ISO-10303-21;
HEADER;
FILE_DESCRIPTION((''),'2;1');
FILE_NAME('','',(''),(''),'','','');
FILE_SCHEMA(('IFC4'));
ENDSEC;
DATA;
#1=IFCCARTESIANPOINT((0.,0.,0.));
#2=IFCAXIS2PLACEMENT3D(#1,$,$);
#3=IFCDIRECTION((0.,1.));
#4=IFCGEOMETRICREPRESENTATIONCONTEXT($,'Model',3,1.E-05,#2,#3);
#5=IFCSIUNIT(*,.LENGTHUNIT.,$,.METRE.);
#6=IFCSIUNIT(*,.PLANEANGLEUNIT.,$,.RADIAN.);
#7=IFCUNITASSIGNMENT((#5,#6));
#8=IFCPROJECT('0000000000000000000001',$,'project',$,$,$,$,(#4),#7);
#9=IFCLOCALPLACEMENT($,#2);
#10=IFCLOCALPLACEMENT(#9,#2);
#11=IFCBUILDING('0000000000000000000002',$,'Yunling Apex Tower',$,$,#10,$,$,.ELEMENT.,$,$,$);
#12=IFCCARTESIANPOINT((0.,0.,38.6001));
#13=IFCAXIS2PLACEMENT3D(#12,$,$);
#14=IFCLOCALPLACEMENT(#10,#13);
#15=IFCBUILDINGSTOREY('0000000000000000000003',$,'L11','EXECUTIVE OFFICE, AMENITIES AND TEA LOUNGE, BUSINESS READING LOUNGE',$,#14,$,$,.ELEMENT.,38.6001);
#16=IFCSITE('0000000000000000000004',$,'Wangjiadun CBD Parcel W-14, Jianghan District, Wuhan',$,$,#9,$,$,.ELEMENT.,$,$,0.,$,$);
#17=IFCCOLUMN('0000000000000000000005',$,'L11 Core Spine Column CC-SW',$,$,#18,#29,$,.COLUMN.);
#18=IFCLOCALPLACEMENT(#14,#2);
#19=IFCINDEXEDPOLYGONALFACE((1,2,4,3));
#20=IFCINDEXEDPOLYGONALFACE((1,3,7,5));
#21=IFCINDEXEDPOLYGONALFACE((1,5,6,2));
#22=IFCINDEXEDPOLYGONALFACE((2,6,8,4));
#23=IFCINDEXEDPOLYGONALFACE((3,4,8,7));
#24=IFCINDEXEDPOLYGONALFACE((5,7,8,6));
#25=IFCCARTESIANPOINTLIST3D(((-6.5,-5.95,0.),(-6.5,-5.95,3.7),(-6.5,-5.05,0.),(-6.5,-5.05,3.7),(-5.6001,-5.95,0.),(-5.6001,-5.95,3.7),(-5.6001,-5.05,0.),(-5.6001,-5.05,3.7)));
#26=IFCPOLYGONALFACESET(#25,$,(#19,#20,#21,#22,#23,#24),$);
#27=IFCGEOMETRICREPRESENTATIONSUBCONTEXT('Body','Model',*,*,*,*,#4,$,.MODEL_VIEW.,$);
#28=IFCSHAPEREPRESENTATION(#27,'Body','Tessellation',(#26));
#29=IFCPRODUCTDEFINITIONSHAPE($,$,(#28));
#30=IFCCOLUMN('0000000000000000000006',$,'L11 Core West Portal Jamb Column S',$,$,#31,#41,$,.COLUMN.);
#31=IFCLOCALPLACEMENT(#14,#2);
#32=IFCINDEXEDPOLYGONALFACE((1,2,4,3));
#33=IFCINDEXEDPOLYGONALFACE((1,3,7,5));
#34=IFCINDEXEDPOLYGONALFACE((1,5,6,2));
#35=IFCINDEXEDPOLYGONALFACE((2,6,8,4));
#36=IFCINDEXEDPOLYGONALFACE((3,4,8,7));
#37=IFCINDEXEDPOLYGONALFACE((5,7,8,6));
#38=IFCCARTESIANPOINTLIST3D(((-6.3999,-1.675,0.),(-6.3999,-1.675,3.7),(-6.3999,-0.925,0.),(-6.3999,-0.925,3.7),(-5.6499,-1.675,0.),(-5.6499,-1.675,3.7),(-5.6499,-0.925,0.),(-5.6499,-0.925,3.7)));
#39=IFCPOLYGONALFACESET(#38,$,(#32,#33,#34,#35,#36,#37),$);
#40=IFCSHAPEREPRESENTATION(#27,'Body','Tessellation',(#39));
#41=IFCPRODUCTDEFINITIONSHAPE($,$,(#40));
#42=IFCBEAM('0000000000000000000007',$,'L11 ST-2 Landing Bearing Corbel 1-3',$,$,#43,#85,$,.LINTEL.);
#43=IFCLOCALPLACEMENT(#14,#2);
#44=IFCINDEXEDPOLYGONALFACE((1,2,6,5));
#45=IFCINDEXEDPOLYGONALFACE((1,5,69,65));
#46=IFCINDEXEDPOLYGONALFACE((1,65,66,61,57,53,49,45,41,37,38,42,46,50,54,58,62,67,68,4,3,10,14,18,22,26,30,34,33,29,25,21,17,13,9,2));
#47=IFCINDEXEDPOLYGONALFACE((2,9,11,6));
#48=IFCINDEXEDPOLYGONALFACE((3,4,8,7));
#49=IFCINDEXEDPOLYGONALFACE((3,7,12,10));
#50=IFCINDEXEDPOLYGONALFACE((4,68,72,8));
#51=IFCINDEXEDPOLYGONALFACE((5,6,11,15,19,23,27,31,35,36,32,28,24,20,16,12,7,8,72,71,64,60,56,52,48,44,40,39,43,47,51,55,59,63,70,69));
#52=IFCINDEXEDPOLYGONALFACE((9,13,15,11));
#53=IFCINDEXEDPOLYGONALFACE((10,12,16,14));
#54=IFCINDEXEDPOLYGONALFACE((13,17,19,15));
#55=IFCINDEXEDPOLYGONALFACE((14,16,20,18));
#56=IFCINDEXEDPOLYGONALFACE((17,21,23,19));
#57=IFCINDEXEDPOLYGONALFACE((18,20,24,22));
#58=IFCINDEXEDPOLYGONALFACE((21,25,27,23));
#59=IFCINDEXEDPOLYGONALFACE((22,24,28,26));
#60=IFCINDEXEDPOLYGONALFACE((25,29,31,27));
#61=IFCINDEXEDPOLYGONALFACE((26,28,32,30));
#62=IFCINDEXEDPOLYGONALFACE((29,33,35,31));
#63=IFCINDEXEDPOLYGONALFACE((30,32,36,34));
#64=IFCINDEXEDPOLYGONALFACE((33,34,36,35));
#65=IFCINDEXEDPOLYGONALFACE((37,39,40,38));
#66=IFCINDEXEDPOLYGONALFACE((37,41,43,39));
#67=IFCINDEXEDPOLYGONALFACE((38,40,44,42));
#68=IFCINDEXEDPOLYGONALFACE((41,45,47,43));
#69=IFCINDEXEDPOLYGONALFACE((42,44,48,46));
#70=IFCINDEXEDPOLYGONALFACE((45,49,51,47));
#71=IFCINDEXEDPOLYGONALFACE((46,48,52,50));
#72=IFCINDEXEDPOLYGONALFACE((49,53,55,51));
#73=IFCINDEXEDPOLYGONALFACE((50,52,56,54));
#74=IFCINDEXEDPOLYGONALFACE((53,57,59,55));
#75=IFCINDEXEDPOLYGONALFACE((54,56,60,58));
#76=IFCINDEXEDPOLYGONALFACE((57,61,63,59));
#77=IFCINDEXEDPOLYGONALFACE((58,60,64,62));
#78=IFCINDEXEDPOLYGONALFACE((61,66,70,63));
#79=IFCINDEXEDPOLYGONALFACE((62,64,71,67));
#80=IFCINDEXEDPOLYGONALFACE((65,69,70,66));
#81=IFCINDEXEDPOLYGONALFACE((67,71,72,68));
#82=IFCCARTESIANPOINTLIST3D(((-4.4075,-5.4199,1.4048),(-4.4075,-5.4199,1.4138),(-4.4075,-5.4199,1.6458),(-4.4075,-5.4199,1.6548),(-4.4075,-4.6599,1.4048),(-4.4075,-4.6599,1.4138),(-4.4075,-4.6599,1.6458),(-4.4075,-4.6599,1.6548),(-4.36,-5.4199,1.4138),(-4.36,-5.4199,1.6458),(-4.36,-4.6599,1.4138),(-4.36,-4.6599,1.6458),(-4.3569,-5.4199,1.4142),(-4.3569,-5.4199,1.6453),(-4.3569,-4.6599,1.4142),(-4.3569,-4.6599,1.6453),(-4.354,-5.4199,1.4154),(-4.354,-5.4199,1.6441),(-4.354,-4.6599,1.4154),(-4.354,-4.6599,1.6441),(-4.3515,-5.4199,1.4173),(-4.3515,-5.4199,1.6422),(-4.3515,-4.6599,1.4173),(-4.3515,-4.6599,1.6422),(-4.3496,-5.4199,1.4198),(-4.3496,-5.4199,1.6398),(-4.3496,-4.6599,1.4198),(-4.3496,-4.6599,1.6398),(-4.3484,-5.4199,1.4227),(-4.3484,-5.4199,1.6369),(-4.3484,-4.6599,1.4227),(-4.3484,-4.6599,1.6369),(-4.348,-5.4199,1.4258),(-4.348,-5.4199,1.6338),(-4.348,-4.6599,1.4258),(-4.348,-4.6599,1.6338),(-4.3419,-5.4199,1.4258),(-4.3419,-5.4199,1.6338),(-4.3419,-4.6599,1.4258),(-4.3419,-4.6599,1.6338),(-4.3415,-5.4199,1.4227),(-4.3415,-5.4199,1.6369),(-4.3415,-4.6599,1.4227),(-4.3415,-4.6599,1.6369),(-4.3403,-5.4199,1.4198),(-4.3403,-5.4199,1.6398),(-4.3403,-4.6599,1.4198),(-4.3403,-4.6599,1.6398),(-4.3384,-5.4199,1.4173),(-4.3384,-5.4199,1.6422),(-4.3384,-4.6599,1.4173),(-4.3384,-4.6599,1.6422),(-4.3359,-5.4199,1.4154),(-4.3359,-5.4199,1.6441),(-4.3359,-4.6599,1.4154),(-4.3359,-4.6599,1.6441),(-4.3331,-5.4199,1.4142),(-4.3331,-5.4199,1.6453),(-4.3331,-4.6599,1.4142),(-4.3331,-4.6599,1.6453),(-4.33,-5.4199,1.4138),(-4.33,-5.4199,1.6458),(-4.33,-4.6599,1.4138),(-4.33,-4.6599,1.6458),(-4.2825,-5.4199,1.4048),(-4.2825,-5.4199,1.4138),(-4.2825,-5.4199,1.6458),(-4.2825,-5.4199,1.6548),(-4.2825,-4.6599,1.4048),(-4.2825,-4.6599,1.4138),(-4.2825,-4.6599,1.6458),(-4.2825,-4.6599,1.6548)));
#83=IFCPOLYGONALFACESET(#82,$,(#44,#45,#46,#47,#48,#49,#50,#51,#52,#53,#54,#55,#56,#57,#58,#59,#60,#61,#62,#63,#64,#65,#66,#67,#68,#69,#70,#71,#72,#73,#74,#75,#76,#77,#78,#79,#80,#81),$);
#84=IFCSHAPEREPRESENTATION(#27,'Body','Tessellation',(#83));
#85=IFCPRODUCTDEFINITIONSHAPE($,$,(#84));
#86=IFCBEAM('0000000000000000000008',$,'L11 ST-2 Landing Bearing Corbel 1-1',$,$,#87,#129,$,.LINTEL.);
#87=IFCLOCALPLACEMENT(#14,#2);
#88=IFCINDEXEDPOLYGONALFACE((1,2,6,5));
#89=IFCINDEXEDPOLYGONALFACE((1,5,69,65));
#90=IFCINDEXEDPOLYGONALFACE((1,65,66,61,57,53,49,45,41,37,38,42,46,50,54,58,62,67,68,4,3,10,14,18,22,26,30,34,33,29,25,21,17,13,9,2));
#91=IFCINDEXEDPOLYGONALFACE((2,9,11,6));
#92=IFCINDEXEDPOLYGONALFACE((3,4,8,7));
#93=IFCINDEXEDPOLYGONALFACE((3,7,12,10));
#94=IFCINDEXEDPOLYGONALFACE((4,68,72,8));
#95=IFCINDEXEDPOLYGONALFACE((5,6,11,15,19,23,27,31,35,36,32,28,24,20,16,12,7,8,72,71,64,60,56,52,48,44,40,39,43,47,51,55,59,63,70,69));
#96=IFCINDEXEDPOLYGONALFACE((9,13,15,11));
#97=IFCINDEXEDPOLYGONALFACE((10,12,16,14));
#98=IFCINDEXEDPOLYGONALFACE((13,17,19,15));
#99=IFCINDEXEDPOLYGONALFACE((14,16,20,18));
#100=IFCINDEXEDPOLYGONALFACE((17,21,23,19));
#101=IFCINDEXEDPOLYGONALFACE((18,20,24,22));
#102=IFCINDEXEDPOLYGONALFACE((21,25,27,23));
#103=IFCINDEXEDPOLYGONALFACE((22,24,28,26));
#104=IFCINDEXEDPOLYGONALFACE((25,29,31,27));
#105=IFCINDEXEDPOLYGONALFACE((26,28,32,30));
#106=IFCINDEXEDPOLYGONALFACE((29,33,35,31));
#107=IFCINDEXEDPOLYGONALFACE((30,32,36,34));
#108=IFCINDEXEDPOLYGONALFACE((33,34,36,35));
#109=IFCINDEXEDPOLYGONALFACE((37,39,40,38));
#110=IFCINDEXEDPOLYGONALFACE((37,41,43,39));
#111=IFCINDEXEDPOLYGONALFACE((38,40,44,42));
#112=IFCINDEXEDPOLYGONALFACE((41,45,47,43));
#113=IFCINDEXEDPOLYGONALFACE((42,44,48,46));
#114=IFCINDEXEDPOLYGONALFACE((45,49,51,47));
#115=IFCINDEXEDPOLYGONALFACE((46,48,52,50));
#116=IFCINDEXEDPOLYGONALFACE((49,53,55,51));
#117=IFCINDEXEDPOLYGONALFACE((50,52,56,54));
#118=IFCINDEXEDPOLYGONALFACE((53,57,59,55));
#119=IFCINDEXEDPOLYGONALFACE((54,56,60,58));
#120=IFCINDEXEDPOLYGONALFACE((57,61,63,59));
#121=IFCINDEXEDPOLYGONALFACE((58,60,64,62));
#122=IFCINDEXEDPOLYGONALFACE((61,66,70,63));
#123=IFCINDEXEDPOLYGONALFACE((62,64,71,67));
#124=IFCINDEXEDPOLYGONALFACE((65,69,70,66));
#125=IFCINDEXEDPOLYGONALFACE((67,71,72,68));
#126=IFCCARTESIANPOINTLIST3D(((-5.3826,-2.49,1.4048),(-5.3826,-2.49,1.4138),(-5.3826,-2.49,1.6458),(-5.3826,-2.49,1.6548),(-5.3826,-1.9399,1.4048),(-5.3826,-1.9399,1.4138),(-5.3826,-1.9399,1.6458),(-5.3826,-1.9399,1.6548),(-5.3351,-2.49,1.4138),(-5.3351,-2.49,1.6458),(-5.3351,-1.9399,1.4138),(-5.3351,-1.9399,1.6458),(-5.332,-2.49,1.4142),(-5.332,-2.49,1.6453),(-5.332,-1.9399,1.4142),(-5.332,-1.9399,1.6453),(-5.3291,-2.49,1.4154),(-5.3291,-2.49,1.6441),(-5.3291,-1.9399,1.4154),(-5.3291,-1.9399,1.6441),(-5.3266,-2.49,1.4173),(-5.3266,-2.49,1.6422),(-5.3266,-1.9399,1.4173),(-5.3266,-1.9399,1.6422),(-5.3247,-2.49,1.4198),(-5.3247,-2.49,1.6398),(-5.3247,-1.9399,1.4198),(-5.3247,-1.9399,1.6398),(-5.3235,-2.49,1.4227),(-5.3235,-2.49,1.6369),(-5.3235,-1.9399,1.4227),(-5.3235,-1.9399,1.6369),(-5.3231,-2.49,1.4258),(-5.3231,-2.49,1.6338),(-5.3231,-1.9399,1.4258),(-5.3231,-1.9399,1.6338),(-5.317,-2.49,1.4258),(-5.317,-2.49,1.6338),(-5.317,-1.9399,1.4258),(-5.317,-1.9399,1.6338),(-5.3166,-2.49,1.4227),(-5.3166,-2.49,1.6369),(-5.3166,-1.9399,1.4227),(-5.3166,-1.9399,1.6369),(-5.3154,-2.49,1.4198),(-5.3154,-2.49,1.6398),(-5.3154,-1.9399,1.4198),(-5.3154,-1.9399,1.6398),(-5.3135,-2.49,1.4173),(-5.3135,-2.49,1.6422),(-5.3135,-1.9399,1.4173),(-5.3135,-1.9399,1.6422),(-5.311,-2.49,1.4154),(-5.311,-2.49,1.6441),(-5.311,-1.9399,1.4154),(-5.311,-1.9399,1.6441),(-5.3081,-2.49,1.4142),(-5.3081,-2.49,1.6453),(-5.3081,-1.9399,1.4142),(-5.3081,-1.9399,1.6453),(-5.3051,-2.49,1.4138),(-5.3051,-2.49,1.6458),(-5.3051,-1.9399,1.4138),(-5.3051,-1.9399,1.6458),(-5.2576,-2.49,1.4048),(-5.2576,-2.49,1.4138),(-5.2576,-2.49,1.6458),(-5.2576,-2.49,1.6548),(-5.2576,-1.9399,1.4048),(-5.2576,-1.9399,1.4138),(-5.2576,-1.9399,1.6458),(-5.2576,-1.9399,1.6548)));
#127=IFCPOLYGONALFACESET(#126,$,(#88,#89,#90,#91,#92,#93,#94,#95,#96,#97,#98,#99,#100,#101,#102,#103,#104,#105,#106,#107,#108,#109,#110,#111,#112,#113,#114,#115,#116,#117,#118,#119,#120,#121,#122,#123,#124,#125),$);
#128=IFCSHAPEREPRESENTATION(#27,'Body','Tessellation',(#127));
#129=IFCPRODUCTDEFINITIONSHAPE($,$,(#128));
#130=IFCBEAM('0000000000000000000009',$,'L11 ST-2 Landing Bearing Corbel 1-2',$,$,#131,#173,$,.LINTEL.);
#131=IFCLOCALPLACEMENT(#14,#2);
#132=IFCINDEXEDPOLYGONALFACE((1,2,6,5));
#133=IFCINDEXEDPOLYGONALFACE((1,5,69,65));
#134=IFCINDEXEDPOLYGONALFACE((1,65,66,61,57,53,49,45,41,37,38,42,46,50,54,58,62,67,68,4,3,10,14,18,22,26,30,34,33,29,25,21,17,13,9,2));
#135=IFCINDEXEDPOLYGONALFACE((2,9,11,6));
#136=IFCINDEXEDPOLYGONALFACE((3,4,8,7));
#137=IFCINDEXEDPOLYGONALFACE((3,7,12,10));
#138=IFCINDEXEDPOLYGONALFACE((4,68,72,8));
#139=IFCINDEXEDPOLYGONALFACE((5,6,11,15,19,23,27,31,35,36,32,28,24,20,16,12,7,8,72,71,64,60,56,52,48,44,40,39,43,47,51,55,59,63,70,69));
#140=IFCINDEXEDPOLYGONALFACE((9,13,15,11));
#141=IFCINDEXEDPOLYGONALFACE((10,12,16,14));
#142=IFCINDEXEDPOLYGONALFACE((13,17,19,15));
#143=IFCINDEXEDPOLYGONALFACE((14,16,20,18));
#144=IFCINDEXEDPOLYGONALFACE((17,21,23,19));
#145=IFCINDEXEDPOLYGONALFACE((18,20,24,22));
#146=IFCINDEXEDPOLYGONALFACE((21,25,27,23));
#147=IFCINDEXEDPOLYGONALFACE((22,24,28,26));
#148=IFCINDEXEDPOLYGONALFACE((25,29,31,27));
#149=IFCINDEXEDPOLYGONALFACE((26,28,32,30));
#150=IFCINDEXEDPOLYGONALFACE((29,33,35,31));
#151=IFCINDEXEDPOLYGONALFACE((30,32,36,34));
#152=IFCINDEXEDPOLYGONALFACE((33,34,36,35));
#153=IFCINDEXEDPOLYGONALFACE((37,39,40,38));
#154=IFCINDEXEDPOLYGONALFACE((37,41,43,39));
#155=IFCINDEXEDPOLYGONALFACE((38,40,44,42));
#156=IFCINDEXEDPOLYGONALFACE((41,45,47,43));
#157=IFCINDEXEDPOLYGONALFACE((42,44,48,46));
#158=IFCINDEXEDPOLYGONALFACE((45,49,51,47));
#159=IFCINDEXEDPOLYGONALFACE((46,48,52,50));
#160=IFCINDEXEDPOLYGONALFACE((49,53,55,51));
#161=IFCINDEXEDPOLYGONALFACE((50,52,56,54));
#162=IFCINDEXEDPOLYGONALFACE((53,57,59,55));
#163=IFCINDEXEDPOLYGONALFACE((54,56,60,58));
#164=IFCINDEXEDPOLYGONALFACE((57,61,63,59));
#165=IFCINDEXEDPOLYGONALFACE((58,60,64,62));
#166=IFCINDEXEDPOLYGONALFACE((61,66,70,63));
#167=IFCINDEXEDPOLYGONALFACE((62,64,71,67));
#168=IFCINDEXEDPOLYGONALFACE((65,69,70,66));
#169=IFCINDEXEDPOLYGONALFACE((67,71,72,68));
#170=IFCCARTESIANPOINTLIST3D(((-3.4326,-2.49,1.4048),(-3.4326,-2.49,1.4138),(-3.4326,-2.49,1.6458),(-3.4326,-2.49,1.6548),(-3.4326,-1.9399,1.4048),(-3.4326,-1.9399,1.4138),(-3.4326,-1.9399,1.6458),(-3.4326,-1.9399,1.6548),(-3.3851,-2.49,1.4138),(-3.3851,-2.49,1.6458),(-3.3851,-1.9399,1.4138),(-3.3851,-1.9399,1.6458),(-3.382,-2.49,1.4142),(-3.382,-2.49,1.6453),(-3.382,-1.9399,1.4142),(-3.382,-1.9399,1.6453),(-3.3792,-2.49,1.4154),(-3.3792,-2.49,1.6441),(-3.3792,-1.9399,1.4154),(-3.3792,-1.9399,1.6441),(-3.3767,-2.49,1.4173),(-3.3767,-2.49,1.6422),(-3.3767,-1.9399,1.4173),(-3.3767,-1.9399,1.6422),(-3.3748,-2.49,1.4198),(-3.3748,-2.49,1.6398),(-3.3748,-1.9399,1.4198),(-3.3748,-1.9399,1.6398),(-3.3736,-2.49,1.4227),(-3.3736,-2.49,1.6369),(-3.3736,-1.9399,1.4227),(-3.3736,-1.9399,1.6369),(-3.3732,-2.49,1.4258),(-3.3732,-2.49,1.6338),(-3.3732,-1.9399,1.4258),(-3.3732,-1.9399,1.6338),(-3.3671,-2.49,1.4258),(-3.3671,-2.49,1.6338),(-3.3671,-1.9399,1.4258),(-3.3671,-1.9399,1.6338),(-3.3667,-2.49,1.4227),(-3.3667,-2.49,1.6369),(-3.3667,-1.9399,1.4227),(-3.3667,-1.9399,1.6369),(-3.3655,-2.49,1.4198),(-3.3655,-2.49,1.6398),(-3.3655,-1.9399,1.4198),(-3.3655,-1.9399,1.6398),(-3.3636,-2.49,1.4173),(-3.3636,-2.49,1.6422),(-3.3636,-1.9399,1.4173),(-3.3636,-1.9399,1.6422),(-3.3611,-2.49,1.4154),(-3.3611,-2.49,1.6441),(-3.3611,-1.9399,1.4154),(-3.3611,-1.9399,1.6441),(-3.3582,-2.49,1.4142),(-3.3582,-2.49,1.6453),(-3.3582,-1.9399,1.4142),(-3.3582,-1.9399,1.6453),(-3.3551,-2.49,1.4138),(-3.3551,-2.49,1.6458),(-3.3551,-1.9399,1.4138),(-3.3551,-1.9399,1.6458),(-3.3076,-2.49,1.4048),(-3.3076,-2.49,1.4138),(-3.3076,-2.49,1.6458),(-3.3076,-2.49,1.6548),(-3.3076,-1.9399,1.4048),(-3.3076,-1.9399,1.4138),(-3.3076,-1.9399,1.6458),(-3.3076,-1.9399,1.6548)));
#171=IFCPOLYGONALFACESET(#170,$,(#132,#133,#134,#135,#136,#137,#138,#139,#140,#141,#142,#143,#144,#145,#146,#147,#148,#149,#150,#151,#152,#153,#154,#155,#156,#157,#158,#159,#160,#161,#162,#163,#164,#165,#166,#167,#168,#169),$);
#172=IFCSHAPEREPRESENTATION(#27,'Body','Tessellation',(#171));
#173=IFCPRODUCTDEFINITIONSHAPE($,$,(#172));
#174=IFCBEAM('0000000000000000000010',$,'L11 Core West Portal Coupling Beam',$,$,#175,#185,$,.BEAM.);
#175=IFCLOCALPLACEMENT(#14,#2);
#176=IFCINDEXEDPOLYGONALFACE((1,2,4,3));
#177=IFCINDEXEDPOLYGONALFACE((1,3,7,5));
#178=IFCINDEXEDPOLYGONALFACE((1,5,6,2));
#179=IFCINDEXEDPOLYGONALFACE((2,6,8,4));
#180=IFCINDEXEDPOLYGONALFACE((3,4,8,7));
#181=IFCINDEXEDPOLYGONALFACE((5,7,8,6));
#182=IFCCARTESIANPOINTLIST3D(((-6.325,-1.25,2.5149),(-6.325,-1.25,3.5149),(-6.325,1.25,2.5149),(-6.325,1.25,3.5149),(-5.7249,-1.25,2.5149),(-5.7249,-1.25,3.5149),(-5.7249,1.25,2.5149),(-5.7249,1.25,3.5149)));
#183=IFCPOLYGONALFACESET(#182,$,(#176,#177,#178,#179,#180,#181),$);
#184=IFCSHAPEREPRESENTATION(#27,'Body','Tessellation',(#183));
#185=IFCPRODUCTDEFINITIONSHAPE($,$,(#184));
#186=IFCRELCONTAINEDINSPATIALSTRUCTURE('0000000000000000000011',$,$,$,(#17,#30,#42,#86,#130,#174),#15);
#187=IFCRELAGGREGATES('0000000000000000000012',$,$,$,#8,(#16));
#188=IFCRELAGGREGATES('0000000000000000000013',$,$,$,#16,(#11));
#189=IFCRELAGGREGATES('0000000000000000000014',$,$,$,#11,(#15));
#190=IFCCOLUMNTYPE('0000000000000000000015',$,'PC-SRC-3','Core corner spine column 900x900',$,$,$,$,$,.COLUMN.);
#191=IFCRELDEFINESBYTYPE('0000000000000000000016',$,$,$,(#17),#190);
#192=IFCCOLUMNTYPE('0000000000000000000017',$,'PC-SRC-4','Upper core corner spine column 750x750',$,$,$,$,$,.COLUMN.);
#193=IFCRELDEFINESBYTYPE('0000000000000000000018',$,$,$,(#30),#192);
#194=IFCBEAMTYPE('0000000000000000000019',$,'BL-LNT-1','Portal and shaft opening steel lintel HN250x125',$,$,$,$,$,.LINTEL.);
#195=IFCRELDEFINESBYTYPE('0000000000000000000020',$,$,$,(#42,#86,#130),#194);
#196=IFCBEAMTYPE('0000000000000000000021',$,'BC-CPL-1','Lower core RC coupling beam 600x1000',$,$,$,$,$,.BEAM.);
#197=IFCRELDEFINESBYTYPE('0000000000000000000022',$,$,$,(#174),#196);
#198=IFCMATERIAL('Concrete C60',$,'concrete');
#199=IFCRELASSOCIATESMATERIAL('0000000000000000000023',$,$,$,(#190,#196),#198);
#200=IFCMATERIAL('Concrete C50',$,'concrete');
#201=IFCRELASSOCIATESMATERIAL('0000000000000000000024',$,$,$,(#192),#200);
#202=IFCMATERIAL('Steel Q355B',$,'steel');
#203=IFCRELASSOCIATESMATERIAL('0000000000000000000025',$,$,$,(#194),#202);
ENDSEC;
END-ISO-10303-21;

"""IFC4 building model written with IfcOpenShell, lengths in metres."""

from ifc_helpers import new_model, si_unit, direction, frame, origin, origin_2d, place, context, subcontext, project, spatial, rectangle, i_section, extrude, source, transform, mapped, material, material_profile, profile_set, type_object, element, save


model = new_model("IFC4")

# Units and contexts
model_context = context("Model", 3, precision=1e-05, world=origin(), true_north=direction((0.0, 1.0)))
body_context = subcontext(model_context, "Body", "Model", "MODEL_VIEW")
ifc_project = project(units=[si_unit("LENGTHUNIT", "METRE"), si_unit("PLANEANGLEUNIT", "RADIAN")], contexts=[model_context])

# Site, building, storey
site_placement = place(None, origin())
site = spatial("IfcSite", under=ifc_project, at=site_placement, Name="Wangjiadun CBD Parcel W-14, Jianghan District, Wuhan", CompositionType="ELEMENT", RefElevation=0.0)
building_placement = place(site_placement, origin())
building = spatial("IfcBuilding", under=site, at=building_placement, Name="Yunling Apex Tower", CompositionType="ELEMENT")
storey_placement = place(building_placement, frame((0.0, 0.0, 38.6001)))
storey = spatial("IfcBuildingStorey", under=building, at=storey_placement, Name="L11", Description="EXECUTIVE OFFICE, AMENITIES AND TEA LOUNGE, BUSINESS READING LOUNGE", CompositionType="ELEMENT", Elevation=38.6001)

# Columns
ifc_material_1 = material(Name="Concrete C60", Category="concrete")
ifc_material_profile_1 = material_profile(ifc_material_1, rectangle(XDim=0.8999, YDim=0.8999, at=origin_2d()))
ifc_profile_set_1 = profile_set([ifc_material_profile_1], Name="Concrete C60")
column_type_1 = type_object("IfcColumnType", Name="PC-SRC-3", Description="Core corner spine column 900x900", PredefinedType="COLUMN", material=ifc_profile_set_1)
shared_shape_1 = source(origin(), body_context, "Body", "SweptSolid", [
    extrude(rectangle(XDim=0.8999, YDim=0.8999, at=origin_2d()), origin(), (0.0, 0.0, 1.0), 3.7),
])
column_1_placement = place(storey_placement, frame((-6.05, -5.5, 0.0), z_axis=(0.0, 0.0, 1.0), x_axis=(1.0, 0.0, 0.0)))
element("IfcColumn", 1, at=column_1_placement, inside=storey, type_object=column_type_1, Name="L11 Core Spine Column CC-SW", PredefinedType="COLUMN", context=body_context, shape_type="MappedRepresentation", body=[
    mapped(shared_shape_1, transform((0.0, 0.0, 0.0), scale=1.0)),
])
ifc_material_2 = material(Name="Concrete C50", Category="concrete")
ifc_material_profile_2 = material_profile(ifc_material_2, rectangle(XDim=0.75, YDim=0.75, at=origin_2d()))
ifc_profile_set_2 = profile_set([ifc_material_profile_2], Name="Concrete C50")
column_type_2 = type_object("IfcColumnType", Name="PC-SRC-4", Description="Upper core corner spine column 750x750", PredefinedType="COLUMN", material=ifc_profile_set_2)
shared_shape_2 = source(origin(), body_context, "Body", "SweptSolid", [
    extrude(rectangle(XDim=0.75, YDim=0.75, at=origin_2d()), origin(), (0.0, 0.0, 1.0), 3.7),
])
column_2_placement = place(storey_placement, frame((-6.0249, -1.3, 0.0), z_axis=(0.0, 0.0, 1.0), x_axis=(1.0, 0.0, 0.0)))
element("IfcColumn", 2, at=column_2_placement, inside=storey, type_object=column_type_2, Name="L11 Core West Portal Jamb Column S", PredefinedType="COLUMN", context=body_context, shape_type="MappedRepresentation", body=[
    mapped(shared_shape_2, transform((0.0, 0.0, 0.0), scale=1.0)),
])

# Beams
ifc_material_3 = material(Name="Steel Q355B", Category="steel")
ifc_material_profile_3 = material_profile(ifc_material_3, i_section(OverallWidth=0.125, OverallDepth=0.25, WebThickness=0.0061, FlangeThickness=0.009, FilletRadius=0.012, at=origin_2d()))
ifc_profile_set_3 = profile_set([ifc_material_profile_3], Name="Steel Q355B")
beam_type_1 = type_object("IfcBeamType", Name="BL-LNT-1", Description="Portal and shaft opening steel lintel HN250x125", PredefinedType="LINTEL", material=ifc_profile_set_3)
shared_shape_3 = source(origin(), body_context, "Body", "SweptSolid", [
    extrude(i_section(OverallWidth=0.125, OverallDepth=0.25, WebThickness=0.0061, FlangeThickness=0.009, FilletRadius=0.012, at=origin_2d()), origin(), (0.0, 0.0, 1.0), 0.76),
])
beam_1_placement = place(storey_placement, frame((-4.345, -5.4199, 1.5298), z_axis=(0.0, 1.0, 0.0), x_axis=(-1.0, 0.0, 0.0)))
element("IfcBeam", 3, at=beam_1_placement, inside=storey, type_object=beam_type_1, Name="L11 ST-2 Landing Bearing Corbel 1-3", PredefinedType="LINTEL", context=body_context, shape_type="MappedRepresentation", body=[
    mapped(shared_shape_3, transform((0.0, 0.0, 0.0), scale=1.0)),
])
shared_shape_4 = source(origin(), body_context, "Body", "SweptSolid", [
    extrude(i_section(OverallWidth=0.125, OverallDepth=0.25, WebThickness=0.0061, FlangeThickness=0.009, FilletRadius=0.012, at=origin_2d()), origin(), (0.0, 0.0, 1.0), 0.55),
])
for number, where, z_axis, x_axis, name in (
    (4, (-5.3201, -1.9399, 1.5298), (0.0, -1.0, 0.0), (1.0, 0.0, 0.0), "L11 ST-2 Landing Bearing Corbel 1-1"),
    (5, (-3.3701, -1.9399, 1.5298), (0.0, -1.0, 0.0), (1.0, 0.0, 0.0), "L11 ST-2 Landing Bearing Corbel 1-2"),
):
    element("IfcBeam", number, at=place(storey_placement, frame(where, z_axis=z_axis, x_axis=x_axis)), inside=storey, type_object=beam_type_1, Name=name, PredefinedType="LINTEL", context=body_context, shape_type="MappedRepresentation", body=[
        mapped(shared_shape_4, transform((0.0, 0.0, 0.0), scale=1.0)),
    ])
ifc_material_profile_4 = material_profile(ifc_material_1, rectangle(XDim=0.6001, YDim=1.0, at=origin_2d()))
ifc_profile_set_4 = profile_set([ifc_material_profile_4], Name="Concrete C60")
beam_type_2 = type_object("IfcBeamType", Name="BC-CPL-1", Description="Lower core RC coupling beam 600x1000", PredefinedType="BEAM", material=ifc_profile_set_4)
shared_shape_5 = source(origin(), body_context, "Body", "SweptSolid", [
    extrude(rectangle(XDim=0.6001, YDim=1.0, at=origin_2d()), origin(), (0.0, 0.0, 1.0), 2.5),
])
beam_2_placement = place(storey_placement, frame((-6.0249, -1.25, 3.0149), z_axis=(0.0, 1.0, 0.0), x_axis=(-1.0, 0.0, 0.0)))
element("IfcBeam", 6, at=beam_2_placement, inside=storey, type_object=beam_type_2, Name="L11 Core West Portal Coupling Beam", PredefinedType="BEAM", context=body_context, shape_type="MappedRepresentation", body=[
    mapped(shared_shape_5, transform((0.0, 0.0, 0.0), scale=1.0)),
])

save(model, "model.ifc")
